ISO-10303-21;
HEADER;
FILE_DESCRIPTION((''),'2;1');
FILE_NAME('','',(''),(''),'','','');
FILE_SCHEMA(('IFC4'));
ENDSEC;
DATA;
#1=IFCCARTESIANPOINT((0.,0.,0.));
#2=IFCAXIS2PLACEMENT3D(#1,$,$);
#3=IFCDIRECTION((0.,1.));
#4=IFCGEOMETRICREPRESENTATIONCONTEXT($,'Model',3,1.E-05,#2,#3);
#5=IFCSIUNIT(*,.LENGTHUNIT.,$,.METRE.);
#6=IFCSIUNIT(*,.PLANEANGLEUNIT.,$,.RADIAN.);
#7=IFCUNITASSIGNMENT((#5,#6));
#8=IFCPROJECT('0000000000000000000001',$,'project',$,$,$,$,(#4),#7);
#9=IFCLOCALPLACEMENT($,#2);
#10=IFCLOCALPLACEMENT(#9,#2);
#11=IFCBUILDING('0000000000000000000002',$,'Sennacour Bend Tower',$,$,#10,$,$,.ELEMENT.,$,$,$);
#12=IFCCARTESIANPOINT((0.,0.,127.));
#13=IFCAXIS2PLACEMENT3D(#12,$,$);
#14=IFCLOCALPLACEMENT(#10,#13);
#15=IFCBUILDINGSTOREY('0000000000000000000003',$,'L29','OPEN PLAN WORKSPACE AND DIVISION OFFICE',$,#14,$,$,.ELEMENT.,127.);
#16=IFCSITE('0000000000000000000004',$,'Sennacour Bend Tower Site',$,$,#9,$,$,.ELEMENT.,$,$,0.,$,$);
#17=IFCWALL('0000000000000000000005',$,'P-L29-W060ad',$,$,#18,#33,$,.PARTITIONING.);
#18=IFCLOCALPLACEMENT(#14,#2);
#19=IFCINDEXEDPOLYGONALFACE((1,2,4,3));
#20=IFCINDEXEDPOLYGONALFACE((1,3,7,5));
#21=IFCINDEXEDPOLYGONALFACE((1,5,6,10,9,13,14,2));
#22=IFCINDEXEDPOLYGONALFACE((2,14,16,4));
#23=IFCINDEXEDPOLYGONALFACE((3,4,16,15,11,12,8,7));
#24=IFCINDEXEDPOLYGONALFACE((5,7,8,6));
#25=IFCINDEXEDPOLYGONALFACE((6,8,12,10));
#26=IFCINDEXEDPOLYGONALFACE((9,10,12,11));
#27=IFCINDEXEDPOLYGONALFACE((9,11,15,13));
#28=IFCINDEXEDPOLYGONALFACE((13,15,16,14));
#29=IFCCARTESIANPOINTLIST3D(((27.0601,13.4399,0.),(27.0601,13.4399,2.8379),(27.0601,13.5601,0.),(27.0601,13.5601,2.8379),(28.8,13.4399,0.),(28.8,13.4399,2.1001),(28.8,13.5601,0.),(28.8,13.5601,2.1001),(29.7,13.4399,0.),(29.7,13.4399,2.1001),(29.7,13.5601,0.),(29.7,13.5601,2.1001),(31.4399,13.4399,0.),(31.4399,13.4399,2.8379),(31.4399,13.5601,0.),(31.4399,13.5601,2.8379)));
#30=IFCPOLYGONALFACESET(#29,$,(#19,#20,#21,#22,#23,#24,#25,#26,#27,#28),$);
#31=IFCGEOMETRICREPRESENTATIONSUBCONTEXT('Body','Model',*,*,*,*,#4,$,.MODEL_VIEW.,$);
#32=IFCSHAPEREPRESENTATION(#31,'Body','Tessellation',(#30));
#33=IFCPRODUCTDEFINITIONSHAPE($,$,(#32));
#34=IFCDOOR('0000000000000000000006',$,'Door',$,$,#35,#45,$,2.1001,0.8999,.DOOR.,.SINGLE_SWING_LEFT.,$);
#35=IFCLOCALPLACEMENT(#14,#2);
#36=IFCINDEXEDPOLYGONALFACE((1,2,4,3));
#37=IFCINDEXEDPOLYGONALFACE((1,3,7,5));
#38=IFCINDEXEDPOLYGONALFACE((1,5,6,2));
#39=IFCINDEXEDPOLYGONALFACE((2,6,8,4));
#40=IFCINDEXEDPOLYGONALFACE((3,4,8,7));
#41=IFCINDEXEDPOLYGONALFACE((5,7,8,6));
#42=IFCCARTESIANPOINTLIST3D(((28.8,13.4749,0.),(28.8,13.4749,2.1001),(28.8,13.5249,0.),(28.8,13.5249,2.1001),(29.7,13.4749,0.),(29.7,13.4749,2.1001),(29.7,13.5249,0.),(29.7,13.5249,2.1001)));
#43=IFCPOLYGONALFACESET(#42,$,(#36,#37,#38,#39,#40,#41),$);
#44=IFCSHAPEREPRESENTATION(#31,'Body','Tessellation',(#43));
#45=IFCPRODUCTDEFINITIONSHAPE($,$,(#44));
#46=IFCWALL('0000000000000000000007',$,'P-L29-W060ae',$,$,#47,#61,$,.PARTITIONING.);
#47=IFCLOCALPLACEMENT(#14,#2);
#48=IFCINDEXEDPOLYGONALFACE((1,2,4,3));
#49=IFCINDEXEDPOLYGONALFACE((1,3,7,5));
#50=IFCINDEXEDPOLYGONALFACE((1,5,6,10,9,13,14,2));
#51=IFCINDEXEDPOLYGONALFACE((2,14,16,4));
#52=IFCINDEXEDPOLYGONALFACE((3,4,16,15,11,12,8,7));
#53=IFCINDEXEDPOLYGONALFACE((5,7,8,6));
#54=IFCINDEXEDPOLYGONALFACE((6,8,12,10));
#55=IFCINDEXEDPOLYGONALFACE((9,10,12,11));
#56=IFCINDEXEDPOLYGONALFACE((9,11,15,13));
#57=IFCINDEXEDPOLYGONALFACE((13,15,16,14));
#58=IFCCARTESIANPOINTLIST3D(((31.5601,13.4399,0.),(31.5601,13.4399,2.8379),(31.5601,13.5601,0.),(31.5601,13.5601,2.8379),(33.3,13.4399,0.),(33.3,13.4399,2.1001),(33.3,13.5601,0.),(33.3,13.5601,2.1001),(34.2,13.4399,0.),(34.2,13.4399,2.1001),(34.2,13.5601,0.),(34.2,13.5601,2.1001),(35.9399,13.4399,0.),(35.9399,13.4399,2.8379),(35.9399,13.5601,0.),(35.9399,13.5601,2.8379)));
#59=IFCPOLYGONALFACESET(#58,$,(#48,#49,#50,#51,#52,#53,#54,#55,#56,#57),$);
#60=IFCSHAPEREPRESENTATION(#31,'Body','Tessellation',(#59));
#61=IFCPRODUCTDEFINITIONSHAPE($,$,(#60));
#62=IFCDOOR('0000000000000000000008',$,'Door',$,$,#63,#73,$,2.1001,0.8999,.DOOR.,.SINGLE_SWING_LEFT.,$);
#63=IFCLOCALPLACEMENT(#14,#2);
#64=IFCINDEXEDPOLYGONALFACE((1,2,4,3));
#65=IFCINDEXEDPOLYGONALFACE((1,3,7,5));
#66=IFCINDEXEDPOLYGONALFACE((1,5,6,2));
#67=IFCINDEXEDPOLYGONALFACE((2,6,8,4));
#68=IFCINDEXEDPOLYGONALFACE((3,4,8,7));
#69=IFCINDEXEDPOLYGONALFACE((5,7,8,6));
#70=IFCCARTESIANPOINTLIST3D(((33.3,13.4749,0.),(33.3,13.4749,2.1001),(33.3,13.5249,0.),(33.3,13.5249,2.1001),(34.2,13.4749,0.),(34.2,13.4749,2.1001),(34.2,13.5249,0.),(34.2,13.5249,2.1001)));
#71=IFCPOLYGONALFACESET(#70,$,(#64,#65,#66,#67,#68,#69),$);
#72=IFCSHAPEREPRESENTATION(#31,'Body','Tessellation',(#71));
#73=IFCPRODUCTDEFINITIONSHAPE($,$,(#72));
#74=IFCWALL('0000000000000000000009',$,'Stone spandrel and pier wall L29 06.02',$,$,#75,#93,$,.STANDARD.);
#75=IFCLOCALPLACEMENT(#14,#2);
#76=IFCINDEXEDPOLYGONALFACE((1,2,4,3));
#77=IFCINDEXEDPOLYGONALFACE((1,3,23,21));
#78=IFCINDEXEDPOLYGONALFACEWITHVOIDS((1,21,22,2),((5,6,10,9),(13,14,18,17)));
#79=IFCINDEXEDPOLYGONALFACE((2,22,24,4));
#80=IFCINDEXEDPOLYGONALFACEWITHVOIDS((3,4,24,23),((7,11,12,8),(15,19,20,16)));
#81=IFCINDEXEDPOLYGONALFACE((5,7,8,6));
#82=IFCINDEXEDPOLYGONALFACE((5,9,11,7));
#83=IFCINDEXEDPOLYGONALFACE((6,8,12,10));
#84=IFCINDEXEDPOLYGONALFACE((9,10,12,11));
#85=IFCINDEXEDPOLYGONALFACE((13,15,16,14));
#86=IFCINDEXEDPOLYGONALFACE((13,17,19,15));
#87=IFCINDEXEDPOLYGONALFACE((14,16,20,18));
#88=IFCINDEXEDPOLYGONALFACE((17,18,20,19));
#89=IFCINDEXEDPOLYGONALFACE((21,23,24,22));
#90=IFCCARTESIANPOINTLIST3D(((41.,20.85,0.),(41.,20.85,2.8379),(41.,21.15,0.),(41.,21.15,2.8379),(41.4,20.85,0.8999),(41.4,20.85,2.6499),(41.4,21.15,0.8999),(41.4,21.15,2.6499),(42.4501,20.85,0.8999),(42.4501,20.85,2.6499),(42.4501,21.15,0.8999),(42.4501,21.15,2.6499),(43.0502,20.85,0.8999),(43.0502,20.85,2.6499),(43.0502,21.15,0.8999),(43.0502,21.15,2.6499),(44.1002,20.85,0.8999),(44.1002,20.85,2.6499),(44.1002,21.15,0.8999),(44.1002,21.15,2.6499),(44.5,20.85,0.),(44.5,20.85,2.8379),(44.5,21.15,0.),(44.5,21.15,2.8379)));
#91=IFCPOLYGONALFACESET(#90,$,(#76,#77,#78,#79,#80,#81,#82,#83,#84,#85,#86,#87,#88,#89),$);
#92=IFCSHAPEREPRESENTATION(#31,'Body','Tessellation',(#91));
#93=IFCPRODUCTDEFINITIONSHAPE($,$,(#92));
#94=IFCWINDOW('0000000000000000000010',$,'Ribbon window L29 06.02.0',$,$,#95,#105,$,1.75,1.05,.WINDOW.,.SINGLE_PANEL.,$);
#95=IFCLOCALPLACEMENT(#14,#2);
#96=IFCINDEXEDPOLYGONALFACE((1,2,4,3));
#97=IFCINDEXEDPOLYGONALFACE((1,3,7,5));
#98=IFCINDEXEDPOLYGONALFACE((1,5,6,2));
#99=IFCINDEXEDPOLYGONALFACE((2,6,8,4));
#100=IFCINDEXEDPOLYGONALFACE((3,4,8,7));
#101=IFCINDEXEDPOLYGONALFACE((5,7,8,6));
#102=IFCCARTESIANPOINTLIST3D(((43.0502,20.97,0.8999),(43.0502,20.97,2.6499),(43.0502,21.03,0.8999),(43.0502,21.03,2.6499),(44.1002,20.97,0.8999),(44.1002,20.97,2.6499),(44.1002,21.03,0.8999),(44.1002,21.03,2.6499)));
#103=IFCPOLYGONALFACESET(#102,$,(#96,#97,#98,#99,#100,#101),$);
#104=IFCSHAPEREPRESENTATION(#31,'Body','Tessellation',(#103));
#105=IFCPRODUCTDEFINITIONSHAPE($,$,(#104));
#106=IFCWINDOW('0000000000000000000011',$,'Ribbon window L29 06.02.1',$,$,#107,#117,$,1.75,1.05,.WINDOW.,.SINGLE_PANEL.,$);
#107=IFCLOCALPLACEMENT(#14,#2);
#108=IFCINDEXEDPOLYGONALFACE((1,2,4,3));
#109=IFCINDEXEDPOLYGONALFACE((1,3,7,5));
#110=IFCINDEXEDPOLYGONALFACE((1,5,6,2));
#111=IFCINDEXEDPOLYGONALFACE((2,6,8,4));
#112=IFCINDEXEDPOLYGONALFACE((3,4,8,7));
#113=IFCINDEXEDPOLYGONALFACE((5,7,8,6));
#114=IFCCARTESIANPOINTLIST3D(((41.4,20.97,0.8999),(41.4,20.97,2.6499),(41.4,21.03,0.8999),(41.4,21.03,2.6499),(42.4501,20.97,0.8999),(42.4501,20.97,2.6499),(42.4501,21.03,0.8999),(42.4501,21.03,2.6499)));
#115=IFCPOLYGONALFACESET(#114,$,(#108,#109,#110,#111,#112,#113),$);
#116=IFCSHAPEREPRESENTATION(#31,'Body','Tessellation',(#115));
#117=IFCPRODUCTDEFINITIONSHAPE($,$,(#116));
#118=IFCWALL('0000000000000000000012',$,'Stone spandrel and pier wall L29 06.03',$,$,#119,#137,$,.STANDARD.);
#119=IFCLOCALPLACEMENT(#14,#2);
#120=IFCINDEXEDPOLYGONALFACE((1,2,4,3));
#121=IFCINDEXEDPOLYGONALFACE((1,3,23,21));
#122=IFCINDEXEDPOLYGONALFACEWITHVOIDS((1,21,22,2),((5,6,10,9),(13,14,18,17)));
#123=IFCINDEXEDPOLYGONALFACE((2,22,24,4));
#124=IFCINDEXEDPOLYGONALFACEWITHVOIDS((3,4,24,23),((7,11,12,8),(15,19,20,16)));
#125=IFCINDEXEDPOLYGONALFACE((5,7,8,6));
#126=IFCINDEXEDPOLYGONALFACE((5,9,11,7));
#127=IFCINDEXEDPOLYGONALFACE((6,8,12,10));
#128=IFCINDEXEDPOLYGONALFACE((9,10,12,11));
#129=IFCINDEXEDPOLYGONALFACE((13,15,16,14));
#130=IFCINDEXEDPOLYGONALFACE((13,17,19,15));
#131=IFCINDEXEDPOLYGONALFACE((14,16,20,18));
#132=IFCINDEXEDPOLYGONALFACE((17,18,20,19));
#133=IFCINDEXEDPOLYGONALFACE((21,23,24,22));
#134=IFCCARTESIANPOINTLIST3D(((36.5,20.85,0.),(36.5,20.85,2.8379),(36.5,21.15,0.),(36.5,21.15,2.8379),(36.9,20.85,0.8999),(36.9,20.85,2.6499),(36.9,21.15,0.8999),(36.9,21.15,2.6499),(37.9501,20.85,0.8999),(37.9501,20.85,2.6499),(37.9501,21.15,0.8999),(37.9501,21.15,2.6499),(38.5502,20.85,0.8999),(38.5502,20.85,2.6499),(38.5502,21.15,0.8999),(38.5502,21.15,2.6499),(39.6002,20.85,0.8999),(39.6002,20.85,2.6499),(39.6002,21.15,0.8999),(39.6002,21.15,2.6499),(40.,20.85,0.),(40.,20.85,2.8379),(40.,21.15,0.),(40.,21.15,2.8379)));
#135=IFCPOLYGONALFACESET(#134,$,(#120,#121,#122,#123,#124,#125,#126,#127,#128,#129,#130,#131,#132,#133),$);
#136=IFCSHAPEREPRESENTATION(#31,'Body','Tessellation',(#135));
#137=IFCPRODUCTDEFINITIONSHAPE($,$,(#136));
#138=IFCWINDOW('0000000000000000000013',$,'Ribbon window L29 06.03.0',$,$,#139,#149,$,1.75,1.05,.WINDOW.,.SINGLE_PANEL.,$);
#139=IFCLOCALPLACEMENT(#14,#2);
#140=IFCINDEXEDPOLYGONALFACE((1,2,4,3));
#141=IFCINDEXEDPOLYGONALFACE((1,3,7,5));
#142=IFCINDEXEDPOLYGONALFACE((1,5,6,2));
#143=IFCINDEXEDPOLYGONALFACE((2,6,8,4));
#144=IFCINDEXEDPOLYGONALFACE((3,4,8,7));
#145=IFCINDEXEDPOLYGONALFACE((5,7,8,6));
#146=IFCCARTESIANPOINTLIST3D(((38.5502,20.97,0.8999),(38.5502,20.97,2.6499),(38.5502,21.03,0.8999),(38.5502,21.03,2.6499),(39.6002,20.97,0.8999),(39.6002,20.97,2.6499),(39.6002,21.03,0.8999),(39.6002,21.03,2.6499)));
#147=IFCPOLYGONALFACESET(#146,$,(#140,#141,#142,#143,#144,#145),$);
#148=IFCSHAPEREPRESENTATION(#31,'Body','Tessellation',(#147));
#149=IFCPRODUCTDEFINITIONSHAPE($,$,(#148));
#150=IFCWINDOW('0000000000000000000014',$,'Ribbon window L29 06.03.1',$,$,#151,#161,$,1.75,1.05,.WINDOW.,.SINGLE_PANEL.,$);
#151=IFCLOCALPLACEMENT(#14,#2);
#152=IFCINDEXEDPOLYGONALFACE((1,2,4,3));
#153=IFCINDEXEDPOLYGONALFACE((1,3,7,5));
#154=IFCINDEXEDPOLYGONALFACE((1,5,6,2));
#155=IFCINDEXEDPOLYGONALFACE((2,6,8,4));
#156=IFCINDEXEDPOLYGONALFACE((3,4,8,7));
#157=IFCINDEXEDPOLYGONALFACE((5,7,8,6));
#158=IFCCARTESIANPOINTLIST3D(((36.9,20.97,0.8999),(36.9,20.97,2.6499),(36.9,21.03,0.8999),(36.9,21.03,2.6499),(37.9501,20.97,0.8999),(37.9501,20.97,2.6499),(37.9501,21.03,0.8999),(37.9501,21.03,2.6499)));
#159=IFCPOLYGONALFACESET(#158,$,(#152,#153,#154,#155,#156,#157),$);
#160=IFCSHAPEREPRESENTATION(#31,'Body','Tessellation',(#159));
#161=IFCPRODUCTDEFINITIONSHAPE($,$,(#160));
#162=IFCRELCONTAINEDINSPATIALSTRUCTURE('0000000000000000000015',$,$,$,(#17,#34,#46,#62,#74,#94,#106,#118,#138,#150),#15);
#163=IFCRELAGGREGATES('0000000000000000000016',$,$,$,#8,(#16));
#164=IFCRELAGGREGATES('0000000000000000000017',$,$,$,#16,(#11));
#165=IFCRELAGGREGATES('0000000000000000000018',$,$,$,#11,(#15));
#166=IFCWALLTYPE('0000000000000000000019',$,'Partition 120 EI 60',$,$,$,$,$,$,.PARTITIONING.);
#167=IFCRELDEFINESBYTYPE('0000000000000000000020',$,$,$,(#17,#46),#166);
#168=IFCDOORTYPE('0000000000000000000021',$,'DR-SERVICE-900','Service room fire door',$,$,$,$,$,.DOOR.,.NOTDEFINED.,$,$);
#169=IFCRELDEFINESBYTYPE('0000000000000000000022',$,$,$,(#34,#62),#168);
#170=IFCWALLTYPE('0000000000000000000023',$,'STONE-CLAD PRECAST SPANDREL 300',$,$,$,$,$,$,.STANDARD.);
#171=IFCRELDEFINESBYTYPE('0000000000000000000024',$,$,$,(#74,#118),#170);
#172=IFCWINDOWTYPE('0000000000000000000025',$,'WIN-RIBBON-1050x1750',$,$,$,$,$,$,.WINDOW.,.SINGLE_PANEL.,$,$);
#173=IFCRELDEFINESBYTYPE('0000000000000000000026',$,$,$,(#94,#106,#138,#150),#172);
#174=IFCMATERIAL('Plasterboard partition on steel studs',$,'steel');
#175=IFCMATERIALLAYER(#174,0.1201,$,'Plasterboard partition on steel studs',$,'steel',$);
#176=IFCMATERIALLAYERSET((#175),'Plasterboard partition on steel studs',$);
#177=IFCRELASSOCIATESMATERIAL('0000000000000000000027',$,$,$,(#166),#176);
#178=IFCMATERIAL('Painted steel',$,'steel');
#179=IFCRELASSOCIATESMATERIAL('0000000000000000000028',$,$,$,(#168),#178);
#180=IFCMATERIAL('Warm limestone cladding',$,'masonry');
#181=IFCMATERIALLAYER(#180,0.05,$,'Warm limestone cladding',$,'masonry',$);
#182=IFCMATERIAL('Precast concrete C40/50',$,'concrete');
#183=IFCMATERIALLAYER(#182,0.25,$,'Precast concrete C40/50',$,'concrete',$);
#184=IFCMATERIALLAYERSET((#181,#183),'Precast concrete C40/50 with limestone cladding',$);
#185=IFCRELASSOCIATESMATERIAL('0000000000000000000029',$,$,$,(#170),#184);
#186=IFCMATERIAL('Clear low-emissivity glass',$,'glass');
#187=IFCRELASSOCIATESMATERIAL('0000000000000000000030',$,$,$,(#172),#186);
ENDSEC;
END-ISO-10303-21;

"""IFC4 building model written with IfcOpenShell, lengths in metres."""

from ifc_helpers import new_model, si_unit, direction, frame, frame_2d, origin, place, context, subcontext, project, spatial, rectangle, extrude, material, layer, layer_set, type_object, element, fill, save


model = new_model("IFC4")

# Units and contexts
model_context = context("Model", 3, precision=1e-05, world=origin(), true_north=direction((0.0, 1.0)))
body_context = subcontext(model_context, "Body", "Model", "MODEL_VIEW")
ifc_project = project(units=[si_unit("LENGTHUNIT", "METRE"), si_unit("PLANEANGLEUNIT", "RADIAN")], contexts=[model_context])

# Site, building, storey
site_placement = place(None, origin())
site = spatial("IfcSite", under=ifc_project, at=site_placement, Name="Sennacour Bend Tower Site", CompositionType="ELEMENT", RefElevation=0.0)
building_placement = place(site_placement, origin())
building = spatial("IfcBuilding", under=site, at=building_placement, Name="Sennacour Bend Tower", CompositionType="ELEMENT")
storey_placement = place(building_placement, frame((0.0, 0.0, 127.0)))
storey = spatial("IfcBuildingStorey", under=building, at=storey_placement, Name="L29", Description="OPEN PLAN WORKSPACE AND DIVISION OFFICE", CompositionType="ELEMENT", Elevation=127.0)

# Shared definitions
ifc_material_1 = material(Name="Plasterboard partition on steel studs", Category="steel")

# Walls, openings, doors
ifc_layer_1 = layer(ifc_material_1, 0.1201, Name="Plasterboard partition on steel studs", Category="steel")
ifc_layer_set_1 = layer_set([ifc_layer_1], Name="Plasterboard partition on steel studs")
wall_type_1 = type_object("IfcWallType", Name="Partition 120 EI 60", PredefinedType="PARTITIONING", material=ifc_layer_set_1)
wall_1_placement = place(storey_placement, frame((27.0601, 13.5, 0.0), z_axis=(0.0, 0.0, 1.0), x_axis=(1.0, 0.0, 0.0)))
wall_1 = element("IfcWall", 1, at=wall_1_placement, inside=storey, type_object=wall_type_1, Name="P-L29-W060ad", PredefinedType="PARTITIONING", context=body_context, shape_type="SweptSolid", body=[
    extrude(rectangle(XDim=4.3799, YDim=0.1201, at=frame_2d((2.1899, 0.0))), origin(), (0.0, 0.0, 1.0), 2.8379),
])
opening_1_placement = place(wall_1_placement, frame((1.74, 0.0, 0.0)))
opening_1 = element("IfcOpeningElement", 2, at=opening_1_placement, cuts=wall_1, PredefinedType="OPENING", context=body_context, shape_type="SweptSolid", body=[
    extrude(rectangle(XDim=0.8999, YDim=2.1001, at=frame_2d((0.45, 1.05))), frame((0.0, 0.0701, 0.0), z_axis=(0.0, -1.0, 0.0), x_axis=(1.0, 0.0, 0.0)), (0.0, 0.0, 1.0), 0.1401),
])
ifc_material_2 = material(Name="Painted steel", Category="steel")
door_type_1 = type_object("IfcDoorType", Name="DR-SERVICE-900", Description="Service room fire door", OperationType="NOTDEFINED", PredefinedType="DOOR", material=ifc_material_2)
door_1_placement = place(opening_1_placement, origin())
door_1 = element("IfcDoor", 3, at=door_1_placement, inside=storey, type_object=door_type_1, Name="Door", OperationType="SINGLE_SWING_LEFT", OverallHeight=2.1001, OverallWidth=0.8999, PredefinedType="DOOR", context=body_context, shape_type="SweptSolid", body=[
    extrude(rectangle(XDim=0.8999, YDim=2.1001, at=frame_2d((0.45, 1.05))), frame((0.0, 0.0249, 0.0), z_axis=(0.0, -1.0, 0.0), x_axis=(1.0, 0.0, 0.0)), (0.0, 0.0, 1.0), 0.05),
])
fill(opening_1, door_1)
wall_2_placement = place(storey_placement, frame((31.5601, 13.5, 0.0), z_axis=(0.0, 0.0, 1.0), x_axis=(1.0, 0.0, 0.0)))
wall_2 = element("IfcWall", 4, at=wall_2_placement, inside=storey, type_object=wall_type_1, Name="P-L29-W060ae", PredefinedType="PARTITIONING", context=body_context, shape_type="SweptSolid", body=[
    extrude(rectangle(XDim=4.3799, YDim=0.1201, at=frame_2d((2.1899, 0.0))), origin(), (0.0, 0.0, 1.0), 2.8379),
])
opening_2_placement = place(wall_2_placement, frame((1.74, 0.0, 0.0)))
opening_2 = element("IfcOpeningElement", 5, at=opening_2_placement, cuts=wall_2, PredefinedType="OPENING", context=body_context, shape_type="SweptSolid", body=[
    extrude(rectangle(XDim=0.8999, YDim=2.1001, at=frame_2d((0.45, 1.05))), frame((0.0, 0.0701, 0.0), z_axis=(0.0, -1.0, 0.0), x_axis=(1.0, 0.0, 0.0)), (0.0, 0.0, 1.0), 0.1401),
])
door_2_placement = place(opening_2_placement, origin())
door_2 = element("IfcDoor", 6, at=door_2_placement, inside=storey, type_object=door_type_1, Name="Door", OperationType="SINGLE_SWING_LEFT", OverallHeight=2.1001, OverallWidth=0.8999, PredefinedType="DOOR", context=body_context, shape_type="SweptSolid", body=[
    extrude(rectangle(XDim=0.8999, YDim=2.1001, at=frame_2d((0.45, 1.05))), frame((0.0, 0.0249, 0.0), z_axis=(0.0, -1.0, 0.0), x_axis=(1.0, 0.0, 0.0)), (0.0, 0.0, 1.0), 0.05),
])
fill(opening_2, door_2)

# Walls, openings, windows
ifc_material_3 = material(Name="Warm limestone cladding", Category="masonry")
ifc_layer_2 = layer(ifc_material_3, 0.05, Name="Warm limestone cladding", Category="masonry")
ifc_material_4 = material(Name="Precast concrete C40/50", Category="concrete")
ifc_layer_3 = layer(ifc_material_4, 0.25, Name="Precast concrete C40/50", Category="concrete")
ifc_layer_set_2 = layer_set([ifc_layer_2, ifc_layer_3], Name="Precast concrete C40/50 with limestone cladding")
wall_type_2 = type_object("IfcWallType", Name="STONE-CLAD PRECAST SPANDREL 300", PredefinedType="STANDARD", material=ifc_layer_set_2)
wall_3_placement = place(storey_placement, frame((44.5, 21.0, 0.0), z_axis=(0.0, 0.0, 1.0), x_axis=(-1.0, 0.0, 0.0)))
wall_3 = element("IfcWall", 7, at=wall_3_placement, inside=storey, type_object=wall_type_2, Name="Stone spandrel and pier wall L29 06.02", PredefinedType="STANDARD", context=body_context, shape_type="SweptSolid", body=[
    extrude(rectangle(XDim=3.5, YDim=0.3, at=frame_2d((1.75, 0.0))), origin(), (0.0, 0.0, 1.0), 2.8379),
])
opening_3_placement = place(wall_3_placement, frame((0.3999, 0.0, 0.8999)))
opening_3 = element("IfcOpeningElement", 8, at=opening_3_placement, cuts=wall_3, PredefinedType="OPENING", context=body_context, shape_type="SweptSolid", body=[
    extrude(rectangle(XDim=1.05, YDim=1.75, at=frame_2d((0.5249, 0.875))), frame((0.0, 0.1602, 0.0), z_axis=(0.0, -1.0, 0.0), x_axis=(1.0, 0.0, 0.0)), (0.0, 0.0, 1.0), 0.3201),
])
opening_4_placement = place(wall_3_placement, frame((2.05, 0.0, 0.8999)))
opening_4 = element("IfcOpeningElement", 9, at=opening_4_placement, cuts=wall_3, PredefinedType="OPENING", context=body_context, shape_type="SweptSolid", body=[
    extrude(rectangle(XDim=1.05, YDim=1.75, at=frame_2d((0.5249, 0.875))), frame((0.0, 0.1602, 0.0), z_axis=(0.0, -1.0, 0.0), x_axis=(1.0, 0.0, 0.0)), (0.0, 0.0, 1.0), 0.3201),
])
ifc_material_5 = material(Name="Clear low-emissivity glass", Category="glass")
window_type_1 = type_object("IfcWindowType", Name="WIN-RIBBON-1050x1750", PartitioningType="SINGLE_PANEL", PredefinedType="WINDOW", material=ifc_material_5)
window_1_placement = place(opening_3_placement, origin())
window_1 = element("IfcWindow", 10, at=window_1_placement, inside=storey, type_object=window_type_1, Name="Ribbon window L29 06.02.0", OverallHeight=1.75, OverallWidth=1.05, PartitioningType="SINGLE_PANEL", PredefinedType="WINDOW", context=body_context, shape_type="SweptSolid", body=[
    extrude(rectangle(XDim=1.05, YDim=1.75, at=frame_2d((0.5249, 0.875))), frame((0.0, 0.03, 0.0), z_axis=(0.0, -1.0, 0.0), x_axis=(1.0, 0.0, 0.0)), (0.0, 0.0, 1.0), 0.0601),
])
fill(opening_3, window_1)
window_2_placement = place(opening_4_placement, origin())
window_2 = element("IfcWindow", 11, at=window_2_placement, inside=storey, type_object=window_type_1, Name="Ribbon window L29 06.02.1", OverallHeight=1.75, OverallWidth=1.05, PartitioningType="SINGLE_PANEL", PredefinedType="WINDOW", context=body_context, shape_type="SweptSolid", body=[
    extrude(rectangle(XDim=1.05, YDim=1.75, at=frame_2d((0.5249, 0.875))), frame((0.0, 0.03, 0.0), z_axis=(0.0, -1.0, 0.0), x_axis=(1.0, 0.0, 0.0)), (0.0, 0.0, 1.0), 0.0601),
])
fill(opening_4, window_2)
wall_4_placement = place(storey_placement, frame((40.0, 21.0, 0.0), z_axis=(0.0, 0.0, 1.0), x_axis=(-1.0, 0.0, 0.0)))
wall_4 = element("IfcWall", 12, at=wall_4_placement, inside=storey, type_object=wall_type_2, Name="Stone spandrel and pier wall L29 06.03", PredefinedType="STANDARD", context=body_context, shape_type="SweptSolid", body=[
    extrude(rectangle(XDim=3.5, YDim=0.3, at=frame_2d((1.75, 0.0))), origin(), (0.0, 0.0, 1.0), 2.8379),
])
opening_5_placement = place(wall_4_placement, frame((0.3999, 0.0, 0.8999)))
opening_5 = element("IfcOpeningElement", 13, at=opening_5_placement, cuts=wall_4, PredefinedType="OPENING", context=body_context, shape_type="SweptSolid", body=[
    extrude(rectangle(XDim=1.05, YDim=1.75, at=frame_2d((0.5249, 0.875))), frame((0.0, 0.1602, 0.0), z_axis=(0.0, -1.0, 0.0), x_axis=(1.0, 0.0, 0.0)), (0.0, 0.0, 1.0), 0.3201),
])
opening_6_placement = place(wall_4_placement, frame((2.05, 0.0, 0.8999)))
opening_6 = element("IfcOpeningElement", 14, at=opening_6_placement, cuts=wall_4, PredefinedType="OPENING", context=body_context, shape_type="SweptSolid", body=[
    extrude(rectangle(XDim=1.05, YDim=1.75, at=frame_2d((0.5249, 0.875))), frame((0.0, 0.1602, 0.0), z_axis=(0.0, -1.0, 0.0), x_axis=(1.0, 0.0, 0.0)), (0.0, 0.0, 1.0), 0.3201),
])
window_3_placement = place(opening_5_placement, origin())
window_3 = element("IfcWindow", 15, at=window_3_placement, inside=storey, type_object=window_type_1, Name="Ribbon window L29 06.03.0", OverallHeight=1.75, OverallWidth=1.05, PartitioningType="SINGLE_PANEL", PredefinedType="WINDOW", context=body_context, shape_type="SweptSolid", body=[
    extrude(rectangle(XDim=1.05, YDim=1.75, at=frame_2d((0.5249, 0.875))), frame((0.0, 0.03, 0.0), z_axis=(0.0, -1.0, 0.0), x_axis=(1.0, 0.0, 0.0)), (0.0, 0.0, 1.0), 0.0601),
])
fill(opening_5, window_3)
window_4_placement = place(opening_6_placement, origin())
window_4 = element("IfcWindow", 16, at=window_4_placement, inside=storey, type_object=window_type_1, Name="Ribbon window L29 06.03.1", OverallHeight=1.75, OverallWidth=1.05, PartitioningType="SINGLE_PANEL", PredefinedType="WINDOW", context=body_context, shape_type="SweptSolid", body=[
    extrude(rectangle(XDim=1.05, YDim=1.75, at=frame_2d((0.5249, 0.875))), frame((0.0, 0.03, 0.0), z_axis=(0.0, -1.0, 0.0), x_axis=(1.0, 0.0, 0.0)), (0.0, 0.0, 1.0), 0.0601),
])
fill(opening_6, window_4)

save(model, "model.ifc")
